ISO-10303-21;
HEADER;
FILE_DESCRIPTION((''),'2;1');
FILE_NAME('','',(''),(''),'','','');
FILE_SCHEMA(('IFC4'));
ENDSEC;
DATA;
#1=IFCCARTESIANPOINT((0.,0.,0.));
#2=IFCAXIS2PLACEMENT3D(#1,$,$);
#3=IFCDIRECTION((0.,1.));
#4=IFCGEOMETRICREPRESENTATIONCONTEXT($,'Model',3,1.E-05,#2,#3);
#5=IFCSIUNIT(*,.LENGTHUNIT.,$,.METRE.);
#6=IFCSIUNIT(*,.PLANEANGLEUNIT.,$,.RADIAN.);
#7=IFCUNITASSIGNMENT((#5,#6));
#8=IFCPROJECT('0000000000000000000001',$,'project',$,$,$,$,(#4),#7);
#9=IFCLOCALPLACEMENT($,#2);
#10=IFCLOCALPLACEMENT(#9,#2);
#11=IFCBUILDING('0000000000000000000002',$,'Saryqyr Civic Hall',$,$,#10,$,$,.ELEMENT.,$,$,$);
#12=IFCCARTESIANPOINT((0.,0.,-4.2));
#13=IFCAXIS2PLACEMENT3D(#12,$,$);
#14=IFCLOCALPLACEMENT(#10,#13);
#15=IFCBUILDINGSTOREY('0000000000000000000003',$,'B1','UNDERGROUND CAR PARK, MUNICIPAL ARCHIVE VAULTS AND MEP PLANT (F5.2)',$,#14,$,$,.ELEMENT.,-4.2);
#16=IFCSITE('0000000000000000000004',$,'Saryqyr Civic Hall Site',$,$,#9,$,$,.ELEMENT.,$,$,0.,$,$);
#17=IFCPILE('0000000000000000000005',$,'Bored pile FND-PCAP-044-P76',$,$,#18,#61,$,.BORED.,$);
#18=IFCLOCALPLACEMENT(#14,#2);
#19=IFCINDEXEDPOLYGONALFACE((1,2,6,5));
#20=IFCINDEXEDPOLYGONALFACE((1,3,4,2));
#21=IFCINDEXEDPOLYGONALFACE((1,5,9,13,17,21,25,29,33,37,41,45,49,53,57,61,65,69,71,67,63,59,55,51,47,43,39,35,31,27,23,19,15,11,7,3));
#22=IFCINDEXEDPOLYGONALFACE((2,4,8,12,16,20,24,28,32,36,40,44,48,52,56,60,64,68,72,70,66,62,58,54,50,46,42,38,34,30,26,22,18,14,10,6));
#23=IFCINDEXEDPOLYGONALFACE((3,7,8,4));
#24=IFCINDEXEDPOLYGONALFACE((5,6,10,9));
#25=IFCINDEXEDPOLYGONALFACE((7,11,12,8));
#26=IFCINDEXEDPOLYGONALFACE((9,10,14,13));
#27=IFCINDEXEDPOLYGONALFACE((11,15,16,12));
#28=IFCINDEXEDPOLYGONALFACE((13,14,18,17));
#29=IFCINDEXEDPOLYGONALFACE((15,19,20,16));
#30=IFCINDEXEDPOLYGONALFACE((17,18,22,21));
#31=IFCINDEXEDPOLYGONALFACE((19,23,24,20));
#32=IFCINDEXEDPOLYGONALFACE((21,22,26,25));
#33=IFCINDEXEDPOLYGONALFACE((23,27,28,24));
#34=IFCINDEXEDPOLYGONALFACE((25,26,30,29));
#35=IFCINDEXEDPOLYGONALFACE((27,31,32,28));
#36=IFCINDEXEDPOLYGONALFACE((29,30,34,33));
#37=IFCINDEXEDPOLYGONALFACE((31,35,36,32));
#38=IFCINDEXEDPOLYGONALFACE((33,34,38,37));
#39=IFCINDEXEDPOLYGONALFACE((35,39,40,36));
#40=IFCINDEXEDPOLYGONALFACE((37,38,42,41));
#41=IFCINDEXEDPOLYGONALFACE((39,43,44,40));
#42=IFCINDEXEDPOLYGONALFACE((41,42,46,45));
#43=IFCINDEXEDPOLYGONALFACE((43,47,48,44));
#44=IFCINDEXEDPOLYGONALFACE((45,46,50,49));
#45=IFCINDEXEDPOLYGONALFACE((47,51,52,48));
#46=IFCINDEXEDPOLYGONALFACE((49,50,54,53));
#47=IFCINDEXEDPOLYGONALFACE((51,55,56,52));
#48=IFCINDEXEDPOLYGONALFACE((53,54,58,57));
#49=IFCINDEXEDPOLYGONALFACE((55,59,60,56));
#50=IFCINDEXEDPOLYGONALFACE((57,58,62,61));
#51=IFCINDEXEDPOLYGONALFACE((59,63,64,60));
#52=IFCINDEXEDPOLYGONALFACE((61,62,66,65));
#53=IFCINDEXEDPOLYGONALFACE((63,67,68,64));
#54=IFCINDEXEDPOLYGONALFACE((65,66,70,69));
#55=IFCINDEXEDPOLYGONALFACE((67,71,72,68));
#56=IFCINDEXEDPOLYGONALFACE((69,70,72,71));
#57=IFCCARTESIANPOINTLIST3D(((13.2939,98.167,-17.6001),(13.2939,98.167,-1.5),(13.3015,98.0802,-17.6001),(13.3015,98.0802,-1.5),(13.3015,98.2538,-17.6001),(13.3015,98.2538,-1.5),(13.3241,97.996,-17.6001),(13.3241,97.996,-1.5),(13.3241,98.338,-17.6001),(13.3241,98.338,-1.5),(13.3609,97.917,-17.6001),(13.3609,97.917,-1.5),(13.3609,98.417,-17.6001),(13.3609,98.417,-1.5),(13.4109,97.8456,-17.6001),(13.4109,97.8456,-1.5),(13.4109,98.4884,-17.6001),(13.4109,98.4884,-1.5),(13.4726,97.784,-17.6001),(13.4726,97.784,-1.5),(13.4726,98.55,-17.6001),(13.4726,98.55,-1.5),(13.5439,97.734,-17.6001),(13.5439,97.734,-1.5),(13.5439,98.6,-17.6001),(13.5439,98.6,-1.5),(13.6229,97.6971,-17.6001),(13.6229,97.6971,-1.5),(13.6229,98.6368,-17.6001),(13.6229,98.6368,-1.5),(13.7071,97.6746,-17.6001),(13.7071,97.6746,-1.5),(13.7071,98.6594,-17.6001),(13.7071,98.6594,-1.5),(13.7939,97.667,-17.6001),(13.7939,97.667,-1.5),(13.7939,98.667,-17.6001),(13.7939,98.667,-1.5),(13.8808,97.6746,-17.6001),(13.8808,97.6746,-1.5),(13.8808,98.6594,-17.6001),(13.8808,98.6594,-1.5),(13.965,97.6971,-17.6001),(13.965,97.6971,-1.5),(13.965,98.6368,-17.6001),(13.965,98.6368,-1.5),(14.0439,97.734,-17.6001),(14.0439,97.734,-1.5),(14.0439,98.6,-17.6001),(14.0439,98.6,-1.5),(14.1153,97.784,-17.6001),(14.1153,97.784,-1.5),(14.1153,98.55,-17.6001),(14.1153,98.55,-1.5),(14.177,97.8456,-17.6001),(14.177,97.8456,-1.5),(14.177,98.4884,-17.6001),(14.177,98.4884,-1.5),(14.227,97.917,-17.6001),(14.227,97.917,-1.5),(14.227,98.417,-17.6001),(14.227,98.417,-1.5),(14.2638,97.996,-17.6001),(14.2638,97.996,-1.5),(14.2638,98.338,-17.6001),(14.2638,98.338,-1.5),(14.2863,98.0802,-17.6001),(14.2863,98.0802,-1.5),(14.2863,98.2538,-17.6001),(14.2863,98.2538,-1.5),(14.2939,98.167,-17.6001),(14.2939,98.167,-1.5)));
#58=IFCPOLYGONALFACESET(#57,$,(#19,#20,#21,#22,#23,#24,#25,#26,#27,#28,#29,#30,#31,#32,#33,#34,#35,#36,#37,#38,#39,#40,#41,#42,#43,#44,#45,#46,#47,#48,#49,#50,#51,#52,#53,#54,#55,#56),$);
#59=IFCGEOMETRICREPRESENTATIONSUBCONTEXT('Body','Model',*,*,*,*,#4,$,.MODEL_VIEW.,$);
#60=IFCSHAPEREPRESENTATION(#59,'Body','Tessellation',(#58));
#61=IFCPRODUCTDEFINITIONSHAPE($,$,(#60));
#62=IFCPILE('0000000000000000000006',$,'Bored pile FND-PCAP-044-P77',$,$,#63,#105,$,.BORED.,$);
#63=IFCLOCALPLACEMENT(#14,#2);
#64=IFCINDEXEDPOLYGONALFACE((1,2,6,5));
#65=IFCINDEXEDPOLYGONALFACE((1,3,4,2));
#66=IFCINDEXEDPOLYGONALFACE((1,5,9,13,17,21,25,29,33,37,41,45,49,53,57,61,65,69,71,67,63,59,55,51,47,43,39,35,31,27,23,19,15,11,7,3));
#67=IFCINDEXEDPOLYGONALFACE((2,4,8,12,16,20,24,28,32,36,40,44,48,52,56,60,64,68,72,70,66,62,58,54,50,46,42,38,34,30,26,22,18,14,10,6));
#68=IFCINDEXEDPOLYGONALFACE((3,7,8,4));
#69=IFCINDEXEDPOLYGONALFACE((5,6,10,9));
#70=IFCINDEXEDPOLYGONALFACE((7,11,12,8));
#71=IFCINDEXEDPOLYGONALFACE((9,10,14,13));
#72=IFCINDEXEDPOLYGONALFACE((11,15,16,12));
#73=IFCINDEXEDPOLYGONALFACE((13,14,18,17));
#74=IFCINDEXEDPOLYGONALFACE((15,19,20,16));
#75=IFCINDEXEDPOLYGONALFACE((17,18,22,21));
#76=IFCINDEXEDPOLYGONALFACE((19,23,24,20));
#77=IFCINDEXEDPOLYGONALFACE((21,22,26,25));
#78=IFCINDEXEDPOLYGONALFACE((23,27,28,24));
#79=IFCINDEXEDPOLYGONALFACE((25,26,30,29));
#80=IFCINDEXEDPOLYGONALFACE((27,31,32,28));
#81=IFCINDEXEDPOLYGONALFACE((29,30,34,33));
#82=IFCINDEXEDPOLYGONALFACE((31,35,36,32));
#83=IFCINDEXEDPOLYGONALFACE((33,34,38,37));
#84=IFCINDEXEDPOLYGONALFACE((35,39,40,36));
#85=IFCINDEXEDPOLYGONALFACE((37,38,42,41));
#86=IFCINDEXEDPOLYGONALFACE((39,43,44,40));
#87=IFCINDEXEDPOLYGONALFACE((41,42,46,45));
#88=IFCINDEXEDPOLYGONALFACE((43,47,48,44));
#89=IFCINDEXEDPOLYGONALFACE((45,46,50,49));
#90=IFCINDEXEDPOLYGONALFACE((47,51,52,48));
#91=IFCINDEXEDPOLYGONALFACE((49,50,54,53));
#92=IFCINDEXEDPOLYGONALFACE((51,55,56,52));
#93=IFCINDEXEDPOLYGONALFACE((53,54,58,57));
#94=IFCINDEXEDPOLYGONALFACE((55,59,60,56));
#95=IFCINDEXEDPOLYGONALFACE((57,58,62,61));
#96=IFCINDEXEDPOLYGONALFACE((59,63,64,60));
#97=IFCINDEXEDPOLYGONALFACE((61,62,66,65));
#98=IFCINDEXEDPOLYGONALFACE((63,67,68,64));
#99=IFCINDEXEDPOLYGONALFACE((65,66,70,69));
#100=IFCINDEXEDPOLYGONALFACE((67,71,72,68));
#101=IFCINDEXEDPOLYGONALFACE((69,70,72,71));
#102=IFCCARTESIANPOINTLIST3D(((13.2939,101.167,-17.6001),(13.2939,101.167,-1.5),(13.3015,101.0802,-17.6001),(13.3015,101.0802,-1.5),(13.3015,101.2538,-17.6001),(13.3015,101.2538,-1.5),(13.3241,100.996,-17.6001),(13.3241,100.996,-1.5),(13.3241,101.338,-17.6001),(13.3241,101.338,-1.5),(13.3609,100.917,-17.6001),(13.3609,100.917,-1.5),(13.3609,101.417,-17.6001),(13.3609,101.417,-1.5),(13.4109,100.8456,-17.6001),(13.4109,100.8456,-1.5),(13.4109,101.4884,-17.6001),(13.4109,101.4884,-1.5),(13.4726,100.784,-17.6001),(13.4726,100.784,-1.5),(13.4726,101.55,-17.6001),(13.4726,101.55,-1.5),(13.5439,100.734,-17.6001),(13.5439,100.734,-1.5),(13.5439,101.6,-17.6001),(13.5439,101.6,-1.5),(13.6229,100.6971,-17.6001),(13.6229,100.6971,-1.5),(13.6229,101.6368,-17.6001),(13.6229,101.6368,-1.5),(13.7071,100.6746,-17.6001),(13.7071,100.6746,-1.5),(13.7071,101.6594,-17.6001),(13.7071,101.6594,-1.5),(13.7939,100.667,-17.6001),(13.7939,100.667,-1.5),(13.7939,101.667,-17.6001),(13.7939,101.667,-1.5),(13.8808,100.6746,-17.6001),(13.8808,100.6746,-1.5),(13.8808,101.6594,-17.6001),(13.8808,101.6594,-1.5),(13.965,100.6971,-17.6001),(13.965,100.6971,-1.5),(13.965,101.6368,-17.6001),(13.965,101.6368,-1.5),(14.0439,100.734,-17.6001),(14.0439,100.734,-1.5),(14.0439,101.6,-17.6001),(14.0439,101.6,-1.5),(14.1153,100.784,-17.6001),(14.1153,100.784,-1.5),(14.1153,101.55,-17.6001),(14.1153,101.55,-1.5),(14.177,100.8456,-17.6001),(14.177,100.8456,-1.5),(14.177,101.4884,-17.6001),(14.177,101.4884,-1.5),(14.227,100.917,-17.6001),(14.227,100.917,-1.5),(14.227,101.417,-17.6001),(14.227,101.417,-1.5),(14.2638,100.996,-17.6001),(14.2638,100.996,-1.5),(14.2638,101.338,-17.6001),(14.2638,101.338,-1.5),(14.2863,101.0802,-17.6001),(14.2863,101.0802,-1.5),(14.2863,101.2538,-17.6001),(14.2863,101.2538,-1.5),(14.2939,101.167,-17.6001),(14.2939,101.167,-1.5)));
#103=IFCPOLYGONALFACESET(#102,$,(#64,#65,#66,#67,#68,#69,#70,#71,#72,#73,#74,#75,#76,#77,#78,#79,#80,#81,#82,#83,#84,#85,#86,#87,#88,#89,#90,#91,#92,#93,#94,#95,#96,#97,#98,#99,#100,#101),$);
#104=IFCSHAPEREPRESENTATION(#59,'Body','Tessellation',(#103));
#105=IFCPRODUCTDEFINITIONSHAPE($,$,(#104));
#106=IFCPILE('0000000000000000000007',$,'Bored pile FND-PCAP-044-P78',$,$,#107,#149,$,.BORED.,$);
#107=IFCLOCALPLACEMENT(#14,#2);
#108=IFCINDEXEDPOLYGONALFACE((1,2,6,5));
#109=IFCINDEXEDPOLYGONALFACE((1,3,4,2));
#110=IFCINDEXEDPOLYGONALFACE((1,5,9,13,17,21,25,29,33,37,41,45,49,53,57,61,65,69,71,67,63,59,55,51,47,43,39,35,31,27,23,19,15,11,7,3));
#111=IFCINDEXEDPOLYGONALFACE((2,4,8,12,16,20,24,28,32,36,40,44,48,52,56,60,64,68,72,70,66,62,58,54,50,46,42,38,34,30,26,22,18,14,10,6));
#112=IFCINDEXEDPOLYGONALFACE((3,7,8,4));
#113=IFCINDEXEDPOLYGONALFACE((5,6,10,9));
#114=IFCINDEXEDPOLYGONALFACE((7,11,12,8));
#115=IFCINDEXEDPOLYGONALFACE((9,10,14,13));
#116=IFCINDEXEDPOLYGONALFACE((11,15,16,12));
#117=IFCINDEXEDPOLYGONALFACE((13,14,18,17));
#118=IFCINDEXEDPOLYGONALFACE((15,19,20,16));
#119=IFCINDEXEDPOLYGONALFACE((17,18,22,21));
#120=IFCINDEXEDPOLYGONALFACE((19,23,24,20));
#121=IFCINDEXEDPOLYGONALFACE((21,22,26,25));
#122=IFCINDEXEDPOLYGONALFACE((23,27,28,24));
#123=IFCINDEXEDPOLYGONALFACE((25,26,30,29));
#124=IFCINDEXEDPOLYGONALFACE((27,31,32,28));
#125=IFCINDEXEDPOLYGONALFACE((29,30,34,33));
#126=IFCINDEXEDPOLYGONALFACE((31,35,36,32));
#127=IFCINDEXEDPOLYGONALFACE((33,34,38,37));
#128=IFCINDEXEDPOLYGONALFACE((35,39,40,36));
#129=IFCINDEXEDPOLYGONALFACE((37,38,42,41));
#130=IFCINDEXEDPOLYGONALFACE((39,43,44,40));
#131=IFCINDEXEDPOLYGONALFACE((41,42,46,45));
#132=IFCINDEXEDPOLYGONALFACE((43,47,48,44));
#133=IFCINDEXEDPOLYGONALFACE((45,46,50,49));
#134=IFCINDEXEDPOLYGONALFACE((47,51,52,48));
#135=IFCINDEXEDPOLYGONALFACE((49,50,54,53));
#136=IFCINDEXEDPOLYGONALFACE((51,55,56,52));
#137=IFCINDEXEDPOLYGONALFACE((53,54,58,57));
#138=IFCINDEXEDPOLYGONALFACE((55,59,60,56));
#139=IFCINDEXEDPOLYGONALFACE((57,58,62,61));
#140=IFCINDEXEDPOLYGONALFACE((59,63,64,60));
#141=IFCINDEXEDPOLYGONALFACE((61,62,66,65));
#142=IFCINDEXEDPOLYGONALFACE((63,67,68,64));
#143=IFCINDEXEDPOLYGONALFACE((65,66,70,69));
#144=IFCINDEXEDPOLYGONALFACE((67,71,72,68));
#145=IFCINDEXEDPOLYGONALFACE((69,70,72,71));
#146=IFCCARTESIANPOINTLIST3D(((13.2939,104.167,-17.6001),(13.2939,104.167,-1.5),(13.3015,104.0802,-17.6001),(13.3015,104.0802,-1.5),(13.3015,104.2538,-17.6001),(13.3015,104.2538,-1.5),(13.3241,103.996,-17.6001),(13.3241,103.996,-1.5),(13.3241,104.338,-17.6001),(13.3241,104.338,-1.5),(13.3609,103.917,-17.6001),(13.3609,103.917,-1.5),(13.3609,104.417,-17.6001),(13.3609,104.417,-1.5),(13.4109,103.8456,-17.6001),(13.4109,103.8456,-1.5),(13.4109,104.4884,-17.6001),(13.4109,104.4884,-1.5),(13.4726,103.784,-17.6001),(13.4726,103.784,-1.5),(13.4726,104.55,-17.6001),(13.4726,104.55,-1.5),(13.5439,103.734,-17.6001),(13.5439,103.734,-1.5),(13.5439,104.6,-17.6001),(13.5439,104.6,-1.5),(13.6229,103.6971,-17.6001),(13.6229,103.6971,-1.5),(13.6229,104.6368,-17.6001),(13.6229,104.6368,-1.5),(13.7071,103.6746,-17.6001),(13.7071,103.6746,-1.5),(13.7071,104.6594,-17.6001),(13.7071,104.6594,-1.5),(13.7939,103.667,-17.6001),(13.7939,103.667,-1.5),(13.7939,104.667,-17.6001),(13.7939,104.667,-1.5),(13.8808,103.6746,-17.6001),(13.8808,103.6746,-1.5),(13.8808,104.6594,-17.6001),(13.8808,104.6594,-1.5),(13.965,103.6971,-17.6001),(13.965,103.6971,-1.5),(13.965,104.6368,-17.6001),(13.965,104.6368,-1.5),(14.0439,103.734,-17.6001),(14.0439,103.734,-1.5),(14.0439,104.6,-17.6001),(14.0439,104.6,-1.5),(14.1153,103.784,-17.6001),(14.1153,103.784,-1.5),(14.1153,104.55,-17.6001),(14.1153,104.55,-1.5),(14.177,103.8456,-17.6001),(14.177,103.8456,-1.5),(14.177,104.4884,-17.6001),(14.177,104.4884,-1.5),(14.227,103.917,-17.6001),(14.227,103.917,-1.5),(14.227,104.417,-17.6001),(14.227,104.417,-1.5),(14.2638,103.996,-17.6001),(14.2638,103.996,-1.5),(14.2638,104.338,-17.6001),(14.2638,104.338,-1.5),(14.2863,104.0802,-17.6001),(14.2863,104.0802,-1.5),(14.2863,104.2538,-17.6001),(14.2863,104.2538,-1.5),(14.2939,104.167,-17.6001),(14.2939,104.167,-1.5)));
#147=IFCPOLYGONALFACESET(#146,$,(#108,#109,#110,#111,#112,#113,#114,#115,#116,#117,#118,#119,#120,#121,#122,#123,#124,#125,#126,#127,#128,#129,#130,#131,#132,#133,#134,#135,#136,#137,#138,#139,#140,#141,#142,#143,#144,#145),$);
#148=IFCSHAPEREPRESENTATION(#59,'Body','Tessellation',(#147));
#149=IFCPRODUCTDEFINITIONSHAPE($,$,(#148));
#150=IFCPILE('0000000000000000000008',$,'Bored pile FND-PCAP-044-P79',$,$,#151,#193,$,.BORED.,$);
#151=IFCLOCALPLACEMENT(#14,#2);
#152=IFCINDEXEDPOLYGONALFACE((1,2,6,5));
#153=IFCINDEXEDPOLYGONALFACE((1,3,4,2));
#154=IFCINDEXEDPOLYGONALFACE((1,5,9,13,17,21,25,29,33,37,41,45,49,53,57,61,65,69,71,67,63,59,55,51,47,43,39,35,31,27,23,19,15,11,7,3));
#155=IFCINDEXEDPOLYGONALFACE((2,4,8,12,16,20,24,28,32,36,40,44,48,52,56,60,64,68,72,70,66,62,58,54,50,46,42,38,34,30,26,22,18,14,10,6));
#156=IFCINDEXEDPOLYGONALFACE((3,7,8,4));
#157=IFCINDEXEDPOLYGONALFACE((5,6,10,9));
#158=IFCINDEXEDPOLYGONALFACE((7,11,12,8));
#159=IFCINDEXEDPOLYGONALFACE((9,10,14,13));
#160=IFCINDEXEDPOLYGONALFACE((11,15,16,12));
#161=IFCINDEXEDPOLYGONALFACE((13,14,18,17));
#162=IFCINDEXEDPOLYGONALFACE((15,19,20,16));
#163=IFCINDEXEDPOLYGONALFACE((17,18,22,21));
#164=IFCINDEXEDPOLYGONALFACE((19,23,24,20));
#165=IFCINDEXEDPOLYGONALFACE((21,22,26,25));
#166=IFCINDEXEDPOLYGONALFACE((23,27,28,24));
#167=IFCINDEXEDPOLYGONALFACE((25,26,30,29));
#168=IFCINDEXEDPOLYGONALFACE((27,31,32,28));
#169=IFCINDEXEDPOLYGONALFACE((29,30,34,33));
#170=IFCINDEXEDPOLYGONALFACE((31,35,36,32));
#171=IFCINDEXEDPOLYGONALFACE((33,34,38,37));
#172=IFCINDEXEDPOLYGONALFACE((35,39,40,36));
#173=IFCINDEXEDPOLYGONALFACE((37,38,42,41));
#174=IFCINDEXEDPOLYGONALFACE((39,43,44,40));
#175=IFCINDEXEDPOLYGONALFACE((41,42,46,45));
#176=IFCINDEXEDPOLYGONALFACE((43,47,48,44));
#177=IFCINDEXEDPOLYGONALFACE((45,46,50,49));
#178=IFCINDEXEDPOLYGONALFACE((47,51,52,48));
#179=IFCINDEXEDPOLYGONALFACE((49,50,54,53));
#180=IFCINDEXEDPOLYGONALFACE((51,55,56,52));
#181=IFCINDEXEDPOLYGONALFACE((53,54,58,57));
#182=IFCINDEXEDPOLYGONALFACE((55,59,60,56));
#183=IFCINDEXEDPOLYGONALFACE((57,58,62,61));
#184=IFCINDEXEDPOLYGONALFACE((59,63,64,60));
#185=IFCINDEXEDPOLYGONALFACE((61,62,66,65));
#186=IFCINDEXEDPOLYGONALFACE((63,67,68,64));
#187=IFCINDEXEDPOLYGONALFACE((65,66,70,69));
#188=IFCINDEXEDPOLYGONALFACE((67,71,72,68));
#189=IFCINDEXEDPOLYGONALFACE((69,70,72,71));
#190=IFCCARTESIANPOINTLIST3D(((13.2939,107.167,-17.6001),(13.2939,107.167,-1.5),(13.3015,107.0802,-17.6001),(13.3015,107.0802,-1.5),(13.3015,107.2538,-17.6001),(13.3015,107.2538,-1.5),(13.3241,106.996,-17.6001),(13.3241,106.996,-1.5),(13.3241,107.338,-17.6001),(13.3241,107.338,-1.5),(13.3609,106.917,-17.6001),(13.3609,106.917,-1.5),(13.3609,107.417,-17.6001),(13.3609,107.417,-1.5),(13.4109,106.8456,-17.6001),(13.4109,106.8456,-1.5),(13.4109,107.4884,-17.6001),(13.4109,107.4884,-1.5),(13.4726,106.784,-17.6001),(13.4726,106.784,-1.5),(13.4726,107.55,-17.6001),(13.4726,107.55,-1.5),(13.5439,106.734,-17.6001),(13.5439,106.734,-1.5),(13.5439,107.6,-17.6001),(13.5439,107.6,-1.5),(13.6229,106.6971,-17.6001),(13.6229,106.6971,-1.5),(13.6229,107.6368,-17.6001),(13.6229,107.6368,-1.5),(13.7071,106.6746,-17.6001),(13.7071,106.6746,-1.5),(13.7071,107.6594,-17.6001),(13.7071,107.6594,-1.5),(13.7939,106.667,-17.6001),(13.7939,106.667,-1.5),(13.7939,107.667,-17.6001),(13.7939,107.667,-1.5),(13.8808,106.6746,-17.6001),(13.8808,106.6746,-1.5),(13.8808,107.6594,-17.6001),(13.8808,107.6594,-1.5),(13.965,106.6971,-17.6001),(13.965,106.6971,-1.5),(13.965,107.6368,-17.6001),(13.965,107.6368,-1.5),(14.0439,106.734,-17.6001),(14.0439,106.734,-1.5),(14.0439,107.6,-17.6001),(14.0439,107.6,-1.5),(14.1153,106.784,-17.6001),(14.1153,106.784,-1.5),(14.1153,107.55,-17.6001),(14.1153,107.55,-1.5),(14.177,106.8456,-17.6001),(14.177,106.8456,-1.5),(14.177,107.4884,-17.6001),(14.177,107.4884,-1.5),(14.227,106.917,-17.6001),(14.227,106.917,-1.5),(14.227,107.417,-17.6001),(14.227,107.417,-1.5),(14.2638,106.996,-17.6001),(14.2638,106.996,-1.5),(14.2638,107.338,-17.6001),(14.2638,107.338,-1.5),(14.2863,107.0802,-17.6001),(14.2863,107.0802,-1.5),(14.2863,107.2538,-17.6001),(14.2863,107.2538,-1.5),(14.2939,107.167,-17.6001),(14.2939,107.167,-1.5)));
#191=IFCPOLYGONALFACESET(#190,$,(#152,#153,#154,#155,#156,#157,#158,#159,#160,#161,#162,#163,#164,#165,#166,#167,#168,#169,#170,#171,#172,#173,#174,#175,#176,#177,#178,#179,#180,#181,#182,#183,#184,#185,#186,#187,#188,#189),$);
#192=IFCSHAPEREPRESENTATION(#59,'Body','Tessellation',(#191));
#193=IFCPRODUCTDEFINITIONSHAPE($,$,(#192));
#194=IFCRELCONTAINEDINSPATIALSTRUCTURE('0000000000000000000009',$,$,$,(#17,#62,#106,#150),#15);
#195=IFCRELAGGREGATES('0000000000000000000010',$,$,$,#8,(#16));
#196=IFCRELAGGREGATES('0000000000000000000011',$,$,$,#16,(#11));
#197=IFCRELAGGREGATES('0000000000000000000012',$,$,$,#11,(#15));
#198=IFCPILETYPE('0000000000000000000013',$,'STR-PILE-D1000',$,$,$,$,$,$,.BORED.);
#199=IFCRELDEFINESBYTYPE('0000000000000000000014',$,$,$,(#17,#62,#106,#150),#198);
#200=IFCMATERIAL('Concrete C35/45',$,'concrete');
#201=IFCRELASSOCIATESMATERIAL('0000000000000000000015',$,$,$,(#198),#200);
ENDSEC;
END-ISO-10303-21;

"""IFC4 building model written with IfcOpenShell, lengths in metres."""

from ifc_helpers import new_model, si_unit, direction, frame, origin, origin_2d, place, context, subcontext, project, spatial, circle, extrude, material, material_profile, profile_set, type_object, element, save


model = new_model("IFC4")

# Units and contexts
model_context = context("Model", 3, precision=1e-05, world=origin(), true_north=direction((0.0, 1.0)))
body_context = subcontext(model_context, "Body", "Model", "MODEL_VIEW")
ifc_project = project(units=[si_unit("LENGTHUNIT", "METRE"), si_unit("PLANEANGLEUNIT", "RADIAN")], contexts=[model_context])

# Site, building, storey
site_placement = place(None, origin())
site = spatial("IfcSite", under=ifc_project, at=site_placement, Name="Saryqyr Civic Hall Site", CompositionType="ELEMENT", RefElevation=0.0)
building_placement = place(site_placement, origin())
building = spatial("IfcBuilding", under=site, at=building_placement, Name="Saryqyr Civic Hall", CompositionType="ELEMENT")
storey_placement = place(building_placement, frame((0.0, 0.0, -4.2)))
storey = spatial("IfcBuildingStorey", under=building, at=storey_placement, Name="B1", Description="UNDERGROUND CAR PARK, MUNICIPAL ARCHIVE VAULTS AND MEP PLANT (F5.2)", CompositionType="ELEMENT", Elevation=-4.2)

# Piles
ifc_material_1 = material(Name="Concrete C35/45", Category="concrete")
ifc_material_profile_1 = material_profile(ifc_material_1, circle(Radius=0.5, at=origin_2d()), Name="BORED PILE D1000")
ifc_profile_set_1 = profile_set([ifc_material_profile_1], Name="Concrete C35/45")
pile_type = type_object("IfcPileType", Name="STR-PILE-D1000", PredefinedType="BORED", material=ifc_profile_set_1)
for number, where, z_axis, x_axis, name in (
    (1, (13.7939, 98.167, -1.5), (0.0, 0.0, -1.0), (1.0, 0.0, 0.0), "Bored pile FND-PCAP-044-P76"),
    (2, (13.7939, 101.167, -1.5), (0.0, 0.0, -1.0), (1.0, 0.0, 0.0), "Bored pile FND-PCAP-044-P77"),
    (3, (13.7939, 104.167, -1.5), (0.0, 0.0, -1.0), (1.0, 0.0, 0.0), "Bored pile FND-PCAP-044-P78"),
    (4, (13.7939, 107.167, -1.5), (0.0, 0.0, -1.0), (1.0, 0.0, 0.0), "Bored pile FND-PCAP-044-P79"),
):
    element("IfcPile", number, at=place(storey_placement, frame(where, z_axis=z_axis, x_axis=x_axis)), inside=storey, type_object=pile_type, Name=name, PredefinedType="BORED", context=body_context, shape_type="SweptSolid", body=[
        extrude(circle(Radius=0.5, at=origin_2d()), origin(), (0.0, 0.0, 1.0), 16.1001),
    ])

save(model, "model.ifc")
